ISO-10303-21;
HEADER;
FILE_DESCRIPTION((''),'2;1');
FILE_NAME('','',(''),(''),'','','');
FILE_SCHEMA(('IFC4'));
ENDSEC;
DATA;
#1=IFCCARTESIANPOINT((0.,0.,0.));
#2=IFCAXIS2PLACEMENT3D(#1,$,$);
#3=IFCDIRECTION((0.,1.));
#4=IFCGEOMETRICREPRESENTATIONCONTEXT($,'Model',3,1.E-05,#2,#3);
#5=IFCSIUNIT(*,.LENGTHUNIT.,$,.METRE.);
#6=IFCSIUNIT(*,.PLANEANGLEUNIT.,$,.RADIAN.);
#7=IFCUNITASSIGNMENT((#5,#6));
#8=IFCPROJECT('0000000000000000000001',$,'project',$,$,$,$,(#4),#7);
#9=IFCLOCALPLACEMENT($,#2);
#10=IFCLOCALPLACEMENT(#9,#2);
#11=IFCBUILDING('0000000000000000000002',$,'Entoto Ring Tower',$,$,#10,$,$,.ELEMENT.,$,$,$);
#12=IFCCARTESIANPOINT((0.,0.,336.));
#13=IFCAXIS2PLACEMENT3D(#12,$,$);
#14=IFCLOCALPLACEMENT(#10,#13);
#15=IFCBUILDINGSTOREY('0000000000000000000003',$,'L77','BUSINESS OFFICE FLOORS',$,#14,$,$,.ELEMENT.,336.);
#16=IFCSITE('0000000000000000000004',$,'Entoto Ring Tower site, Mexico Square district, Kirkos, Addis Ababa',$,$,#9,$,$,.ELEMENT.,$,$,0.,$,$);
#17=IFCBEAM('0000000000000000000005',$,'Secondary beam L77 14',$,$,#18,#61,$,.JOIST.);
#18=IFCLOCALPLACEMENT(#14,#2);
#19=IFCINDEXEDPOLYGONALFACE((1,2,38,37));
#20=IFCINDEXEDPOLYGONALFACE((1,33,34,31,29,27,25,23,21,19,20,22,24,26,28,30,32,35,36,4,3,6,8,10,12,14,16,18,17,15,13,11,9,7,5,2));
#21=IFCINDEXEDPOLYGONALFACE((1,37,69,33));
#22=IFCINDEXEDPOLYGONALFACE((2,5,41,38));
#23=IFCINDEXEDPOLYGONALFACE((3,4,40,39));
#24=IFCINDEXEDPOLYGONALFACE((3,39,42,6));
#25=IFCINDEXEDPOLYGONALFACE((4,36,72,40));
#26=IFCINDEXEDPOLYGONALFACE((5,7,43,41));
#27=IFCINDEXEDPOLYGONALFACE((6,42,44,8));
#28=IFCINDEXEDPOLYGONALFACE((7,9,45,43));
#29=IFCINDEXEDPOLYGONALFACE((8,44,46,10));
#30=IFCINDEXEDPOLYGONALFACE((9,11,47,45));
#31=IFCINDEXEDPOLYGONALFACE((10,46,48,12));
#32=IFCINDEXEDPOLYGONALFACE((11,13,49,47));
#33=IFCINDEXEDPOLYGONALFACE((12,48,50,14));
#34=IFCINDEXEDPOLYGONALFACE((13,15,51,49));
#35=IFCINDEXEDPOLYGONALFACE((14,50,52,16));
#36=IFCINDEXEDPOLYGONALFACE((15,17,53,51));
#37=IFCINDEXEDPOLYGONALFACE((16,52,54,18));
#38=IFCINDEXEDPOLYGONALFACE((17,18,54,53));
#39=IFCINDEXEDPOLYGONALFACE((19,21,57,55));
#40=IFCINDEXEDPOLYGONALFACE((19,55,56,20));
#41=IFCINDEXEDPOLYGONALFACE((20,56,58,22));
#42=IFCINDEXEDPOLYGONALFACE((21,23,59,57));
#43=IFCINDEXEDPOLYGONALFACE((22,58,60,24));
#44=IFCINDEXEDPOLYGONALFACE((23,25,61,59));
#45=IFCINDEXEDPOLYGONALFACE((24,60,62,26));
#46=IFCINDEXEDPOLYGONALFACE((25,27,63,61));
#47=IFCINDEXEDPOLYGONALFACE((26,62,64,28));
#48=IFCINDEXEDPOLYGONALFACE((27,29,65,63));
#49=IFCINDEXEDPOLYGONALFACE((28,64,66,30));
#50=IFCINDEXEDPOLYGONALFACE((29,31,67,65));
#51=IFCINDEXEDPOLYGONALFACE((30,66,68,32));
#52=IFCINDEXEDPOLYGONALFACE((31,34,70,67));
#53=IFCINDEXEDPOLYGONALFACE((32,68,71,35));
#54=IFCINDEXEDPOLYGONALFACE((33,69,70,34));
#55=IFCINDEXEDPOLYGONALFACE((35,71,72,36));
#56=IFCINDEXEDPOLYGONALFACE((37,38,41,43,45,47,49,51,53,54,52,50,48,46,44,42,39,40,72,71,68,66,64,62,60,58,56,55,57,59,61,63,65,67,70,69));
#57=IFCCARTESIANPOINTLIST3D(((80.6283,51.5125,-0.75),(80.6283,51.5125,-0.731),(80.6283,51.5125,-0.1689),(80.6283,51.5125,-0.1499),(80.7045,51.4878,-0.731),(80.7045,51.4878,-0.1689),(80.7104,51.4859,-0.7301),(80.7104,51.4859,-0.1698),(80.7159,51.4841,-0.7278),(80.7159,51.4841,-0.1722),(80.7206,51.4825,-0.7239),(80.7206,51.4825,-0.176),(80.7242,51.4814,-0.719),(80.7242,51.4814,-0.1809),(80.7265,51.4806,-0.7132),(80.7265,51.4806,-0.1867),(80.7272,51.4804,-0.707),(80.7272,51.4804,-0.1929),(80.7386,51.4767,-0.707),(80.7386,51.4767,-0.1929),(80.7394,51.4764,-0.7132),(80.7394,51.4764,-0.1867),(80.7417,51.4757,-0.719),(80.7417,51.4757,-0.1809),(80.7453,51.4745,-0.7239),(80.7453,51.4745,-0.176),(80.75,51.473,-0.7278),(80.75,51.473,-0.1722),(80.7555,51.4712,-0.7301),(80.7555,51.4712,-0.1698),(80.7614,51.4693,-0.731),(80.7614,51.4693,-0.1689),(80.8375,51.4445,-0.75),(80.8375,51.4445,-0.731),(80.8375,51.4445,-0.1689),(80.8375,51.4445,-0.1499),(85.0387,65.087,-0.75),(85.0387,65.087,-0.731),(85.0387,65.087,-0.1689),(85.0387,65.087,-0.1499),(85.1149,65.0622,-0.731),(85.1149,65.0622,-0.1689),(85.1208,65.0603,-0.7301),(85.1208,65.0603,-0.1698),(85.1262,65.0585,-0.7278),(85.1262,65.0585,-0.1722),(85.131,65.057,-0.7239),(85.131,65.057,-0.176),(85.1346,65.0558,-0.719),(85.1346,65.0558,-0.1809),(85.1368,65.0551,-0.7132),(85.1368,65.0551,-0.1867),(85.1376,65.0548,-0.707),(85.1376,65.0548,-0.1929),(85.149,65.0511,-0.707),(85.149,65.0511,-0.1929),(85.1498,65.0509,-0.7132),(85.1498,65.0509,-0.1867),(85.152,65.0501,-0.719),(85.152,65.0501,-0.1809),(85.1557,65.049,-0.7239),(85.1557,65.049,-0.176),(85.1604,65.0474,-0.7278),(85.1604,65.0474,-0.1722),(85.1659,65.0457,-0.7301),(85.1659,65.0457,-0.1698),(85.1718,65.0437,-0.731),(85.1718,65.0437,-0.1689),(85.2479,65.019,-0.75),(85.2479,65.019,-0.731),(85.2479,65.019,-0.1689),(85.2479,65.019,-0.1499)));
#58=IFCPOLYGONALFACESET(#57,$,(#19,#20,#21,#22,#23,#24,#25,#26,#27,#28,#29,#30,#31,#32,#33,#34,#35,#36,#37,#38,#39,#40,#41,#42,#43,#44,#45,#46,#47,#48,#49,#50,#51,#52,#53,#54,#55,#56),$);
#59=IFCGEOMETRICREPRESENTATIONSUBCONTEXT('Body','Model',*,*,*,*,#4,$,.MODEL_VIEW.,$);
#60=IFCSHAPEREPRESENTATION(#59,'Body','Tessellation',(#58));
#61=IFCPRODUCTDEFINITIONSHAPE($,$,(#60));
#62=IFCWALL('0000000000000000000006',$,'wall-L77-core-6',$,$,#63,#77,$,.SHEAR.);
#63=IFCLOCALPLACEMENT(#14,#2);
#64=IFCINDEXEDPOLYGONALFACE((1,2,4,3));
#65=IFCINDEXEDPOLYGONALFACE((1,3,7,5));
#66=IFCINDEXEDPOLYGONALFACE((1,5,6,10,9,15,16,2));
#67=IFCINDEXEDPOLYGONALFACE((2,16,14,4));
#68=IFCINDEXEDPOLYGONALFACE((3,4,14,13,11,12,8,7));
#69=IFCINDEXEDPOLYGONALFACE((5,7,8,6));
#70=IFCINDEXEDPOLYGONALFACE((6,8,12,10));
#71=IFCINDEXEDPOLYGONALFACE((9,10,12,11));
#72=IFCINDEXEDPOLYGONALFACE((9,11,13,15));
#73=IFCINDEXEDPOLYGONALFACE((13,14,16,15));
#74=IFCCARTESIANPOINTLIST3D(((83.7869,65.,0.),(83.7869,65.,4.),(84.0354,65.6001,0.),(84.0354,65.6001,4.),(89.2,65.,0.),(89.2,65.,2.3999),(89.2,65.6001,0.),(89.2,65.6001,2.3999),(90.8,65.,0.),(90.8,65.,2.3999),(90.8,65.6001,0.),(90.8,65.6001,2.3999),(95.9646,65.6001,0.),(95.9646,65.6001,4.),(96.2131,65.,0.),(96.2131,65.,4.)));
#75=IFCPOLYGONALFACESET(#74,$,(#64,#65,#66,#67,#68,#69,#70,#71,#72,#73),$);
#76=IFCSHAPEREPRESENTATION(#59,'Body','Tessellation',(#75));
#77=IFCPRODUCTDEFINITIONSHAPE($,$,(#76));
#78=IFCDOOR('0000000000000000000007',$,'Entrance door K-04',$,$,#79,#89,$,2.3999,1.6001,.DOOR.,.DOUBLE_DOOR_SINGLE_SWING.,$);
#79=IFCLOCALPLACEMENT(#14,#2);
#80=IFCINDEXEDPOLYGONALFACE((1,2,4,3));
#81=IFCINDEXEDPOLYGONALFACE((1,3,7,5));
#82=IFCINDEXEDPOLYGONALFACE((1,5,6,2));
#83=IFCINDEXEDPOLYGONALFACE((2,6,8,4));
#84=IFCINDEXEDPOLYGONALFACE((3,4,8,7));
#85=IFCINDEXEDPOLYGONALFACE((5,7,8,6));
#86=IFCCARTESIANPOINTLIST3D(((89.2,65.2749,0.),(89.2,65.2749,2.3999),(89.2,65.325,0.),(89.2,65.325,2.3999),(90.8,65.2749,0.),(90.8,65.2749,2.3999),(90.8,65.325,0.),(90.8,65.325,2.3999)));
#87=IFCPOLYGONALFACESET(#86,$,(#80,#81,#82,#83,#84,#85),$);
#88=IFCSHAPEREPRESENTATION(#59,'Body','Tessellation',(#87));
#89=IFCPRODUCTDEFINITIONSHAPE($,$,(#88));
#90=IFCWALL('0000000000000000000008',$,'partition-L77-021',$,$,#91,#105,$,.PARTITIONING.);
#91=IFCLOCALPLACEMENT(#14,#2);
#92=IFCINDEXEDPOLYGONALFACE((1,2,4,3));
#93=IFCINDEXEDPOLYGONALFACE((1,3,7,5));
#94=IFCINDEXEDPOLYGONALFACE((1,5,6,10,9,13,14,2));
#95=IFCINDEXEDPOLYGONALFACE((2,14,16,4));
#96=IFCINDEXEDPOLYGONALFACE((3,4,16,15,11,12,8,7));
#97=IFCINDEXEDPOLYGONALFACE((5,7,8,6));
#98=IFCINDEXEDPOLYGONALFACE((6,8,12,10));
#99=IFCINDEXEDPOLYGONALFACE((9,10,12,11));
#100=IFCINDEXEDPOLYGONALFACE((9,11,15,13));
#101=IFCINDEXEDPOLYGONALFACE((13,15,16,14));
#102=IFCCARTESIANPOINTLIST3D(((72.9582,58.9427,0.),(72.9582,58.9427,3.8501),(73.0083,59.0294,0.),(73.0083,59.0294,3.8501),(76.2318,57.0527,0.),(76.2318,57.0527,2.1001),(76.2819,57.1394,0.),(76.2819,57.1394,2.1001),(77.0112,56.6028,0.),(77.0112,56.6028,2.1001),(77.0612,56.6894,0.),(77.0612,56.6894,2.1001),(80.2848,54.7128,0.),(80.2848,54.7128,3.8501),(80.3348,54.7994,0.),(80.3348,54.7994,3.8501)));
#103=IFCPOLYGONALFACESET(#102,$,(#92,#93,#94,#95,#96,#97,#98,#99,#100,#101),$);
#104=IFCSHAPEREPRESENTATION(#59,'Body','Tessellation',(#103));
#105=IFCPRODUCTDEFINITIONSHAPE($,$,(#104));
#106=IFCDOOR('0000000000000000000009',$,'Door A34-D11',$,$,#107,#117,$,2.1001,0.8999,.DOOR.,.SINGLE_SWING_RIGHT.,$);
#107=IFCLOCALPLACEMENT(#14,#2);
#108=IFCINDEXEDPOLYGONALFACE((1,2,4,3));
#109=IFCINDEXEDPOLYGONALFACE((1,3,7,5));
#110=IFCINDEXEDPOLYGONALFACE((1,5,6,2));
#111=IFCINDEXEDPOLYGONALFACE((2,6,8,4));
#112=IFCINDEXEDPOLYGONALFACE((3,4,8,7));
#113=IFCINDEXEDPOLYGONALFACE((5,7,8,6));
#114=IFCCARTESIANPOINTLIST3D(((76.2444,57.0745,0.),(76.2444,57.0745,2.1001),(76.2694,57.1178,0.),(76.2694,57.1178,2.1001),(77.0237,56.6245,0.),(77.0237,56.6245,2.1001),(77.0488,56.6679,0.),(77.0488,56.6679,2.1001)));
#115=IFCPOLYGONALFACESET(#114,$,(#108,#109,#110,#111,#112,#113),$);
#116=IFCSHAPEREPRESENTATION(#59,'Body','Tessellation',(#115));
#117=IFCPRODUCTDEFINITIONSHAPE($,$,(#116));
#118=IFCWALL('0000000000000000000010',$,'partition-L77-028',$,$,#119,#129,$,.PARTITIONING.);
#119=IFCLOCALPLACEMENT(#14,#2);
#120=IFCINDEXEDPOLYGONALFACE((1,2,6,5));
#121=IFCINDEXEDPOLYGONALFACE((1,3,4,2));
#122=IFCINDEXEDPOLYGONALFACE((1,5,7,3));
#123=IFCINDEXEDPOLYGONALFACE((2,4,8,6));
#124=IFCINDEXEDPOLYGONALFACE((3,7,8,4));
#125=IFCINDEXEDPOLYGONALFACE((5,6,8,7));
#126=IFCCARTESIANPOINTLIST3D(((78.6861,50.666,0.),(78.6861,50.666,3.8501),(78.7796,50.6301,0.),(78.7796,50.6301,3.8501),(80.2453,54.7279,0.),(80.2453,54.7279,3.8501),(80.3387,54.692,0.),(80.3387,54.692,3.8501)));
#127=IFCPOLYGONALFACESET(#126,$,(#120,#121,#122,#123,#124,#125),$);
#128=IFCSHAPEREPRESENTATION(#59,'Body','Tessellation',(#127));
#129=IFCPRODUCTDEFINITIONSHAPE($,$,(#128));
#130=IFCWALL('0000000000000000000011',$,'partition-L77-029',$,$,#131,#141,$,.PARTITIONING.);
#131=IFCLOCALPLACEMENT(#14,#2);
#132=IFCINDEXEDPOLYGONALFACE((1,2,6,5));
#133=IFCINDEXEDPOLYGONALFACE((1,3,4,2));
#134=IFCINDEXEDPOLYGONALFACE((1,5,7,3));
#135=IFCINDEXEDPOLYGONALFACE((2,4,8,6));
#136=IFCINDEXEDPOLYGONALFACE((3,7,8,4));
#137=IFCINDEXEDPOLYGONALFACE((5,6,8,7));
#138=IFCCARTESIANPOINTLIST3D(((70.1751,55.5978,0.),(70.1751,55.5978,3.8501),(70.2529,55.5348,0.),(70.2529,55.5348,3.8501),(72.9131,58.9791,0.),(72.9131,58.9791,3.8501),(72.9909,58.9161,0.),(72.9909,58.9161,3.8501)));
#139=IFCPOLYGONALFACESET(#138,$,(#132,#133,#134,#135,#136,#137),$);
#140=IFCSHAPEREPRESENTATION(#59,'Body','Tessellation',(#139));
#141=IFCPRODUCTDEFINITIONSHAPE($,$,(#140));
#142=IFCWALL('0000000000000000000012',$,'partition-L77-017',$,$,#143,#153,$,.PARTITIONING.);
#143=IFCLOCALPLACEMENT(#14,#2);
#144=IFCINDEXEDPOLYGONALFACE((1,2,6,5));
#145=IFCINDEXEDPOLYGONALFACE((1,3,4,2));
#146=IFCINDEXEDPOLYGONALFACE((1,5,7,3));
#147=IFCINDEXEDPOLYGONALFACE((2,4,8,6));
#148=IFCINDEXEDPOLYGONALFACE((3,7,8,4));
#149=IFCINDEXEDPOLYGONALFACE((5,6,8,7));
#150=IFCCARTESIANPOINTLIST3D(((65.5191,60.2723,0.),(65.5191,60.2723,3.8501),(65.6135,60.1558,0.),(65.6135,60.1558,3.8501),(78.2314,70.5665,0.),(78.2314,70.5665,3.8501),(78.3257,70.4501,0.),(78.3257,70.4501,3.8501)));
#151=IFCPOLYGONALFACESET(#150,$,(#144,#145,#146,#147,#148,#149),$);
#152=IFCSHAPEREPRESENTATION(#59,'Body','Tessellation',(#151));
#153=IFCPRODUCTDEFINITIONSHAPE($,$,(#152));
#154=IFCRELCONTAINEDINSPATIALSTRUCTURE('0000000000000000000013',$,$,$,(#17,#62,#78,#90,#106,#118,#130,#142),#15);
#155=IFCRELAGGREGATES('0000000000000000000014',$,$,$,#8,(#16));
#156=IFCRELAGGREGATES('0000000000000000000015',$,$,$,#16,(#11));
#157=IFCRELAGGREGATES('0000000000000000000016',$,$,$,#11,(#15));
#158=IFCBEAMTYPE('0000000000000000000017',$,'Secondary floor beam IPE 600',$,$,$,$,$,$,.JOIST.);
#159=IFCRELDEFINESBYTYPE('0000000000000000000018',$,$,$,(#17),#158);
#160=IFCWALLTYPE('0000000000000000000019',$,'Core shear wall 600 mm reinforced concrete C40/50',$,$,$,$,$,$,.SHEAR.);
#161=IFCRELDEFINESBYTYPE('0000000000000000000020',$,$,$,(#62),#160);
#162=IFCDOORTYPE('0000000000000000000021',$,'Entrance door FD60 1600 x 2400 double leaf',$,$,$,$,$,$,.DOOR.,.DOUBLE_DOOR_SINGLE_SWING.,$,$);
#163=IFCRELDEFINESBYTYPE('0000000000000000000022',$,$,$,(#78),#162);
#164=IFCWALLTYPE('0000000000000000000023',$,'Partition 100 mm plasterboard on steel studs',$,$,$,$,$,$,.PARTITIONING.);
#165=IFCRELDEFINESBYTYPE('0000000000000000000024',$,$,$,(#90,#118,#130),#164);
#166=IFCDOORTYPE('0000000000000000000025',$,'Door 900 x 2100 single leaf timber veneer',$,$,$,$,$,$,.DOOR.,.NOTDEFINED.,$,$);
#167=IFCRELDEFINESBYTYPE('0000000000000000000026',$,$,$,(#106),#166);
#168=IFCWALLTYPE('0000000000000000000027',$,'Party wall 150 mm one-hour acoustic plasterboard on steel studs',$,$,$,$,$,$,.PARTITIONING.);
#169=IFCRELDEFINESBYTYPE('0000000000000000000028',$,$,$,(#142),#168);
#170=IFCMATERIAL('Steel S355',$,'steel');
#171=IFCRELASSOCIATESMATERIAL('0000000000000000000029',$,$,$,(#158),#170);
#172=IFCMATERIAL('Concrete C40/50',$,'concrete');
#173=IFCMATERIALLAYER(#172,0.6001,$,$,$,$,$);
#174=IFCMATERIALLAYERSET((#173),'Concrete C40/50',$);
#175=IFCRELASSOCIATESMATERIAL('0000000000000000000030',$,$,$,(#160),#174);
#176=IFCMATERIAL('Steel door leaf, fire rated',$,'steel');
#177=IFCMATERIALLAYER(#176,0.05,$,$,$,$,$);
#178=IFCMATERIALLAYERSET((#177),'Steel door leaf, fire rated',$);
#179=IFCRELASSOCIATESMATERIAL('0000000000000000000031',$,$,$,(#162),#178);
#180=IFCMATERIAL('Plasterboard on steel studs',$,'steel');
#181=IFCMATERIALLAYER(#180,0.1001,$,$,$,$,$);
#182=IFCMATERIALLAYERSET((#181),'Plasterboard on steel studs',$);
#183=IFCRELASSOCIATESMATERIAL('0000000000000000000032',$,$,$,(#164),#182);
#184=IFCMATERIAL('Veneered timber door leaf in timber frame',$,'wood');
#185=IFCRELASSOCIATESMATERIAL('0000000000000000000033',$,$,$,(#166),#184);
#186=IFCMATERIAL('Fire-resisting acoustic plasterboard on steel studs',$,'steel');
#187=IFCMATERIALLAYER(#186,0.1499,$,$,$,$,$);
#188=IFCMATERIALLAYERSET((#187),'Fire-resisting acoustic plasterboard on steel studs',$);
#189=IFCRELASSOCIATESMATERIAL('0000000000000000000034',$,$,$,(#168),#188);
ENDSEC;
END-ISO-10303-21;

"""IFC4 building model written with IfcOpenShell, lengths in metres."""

from ifc_helpers import new_model, si_unit, direction, frame, frame_2d, origin, origin_2d, place, context, subcontext, project, spatial, polyline, rectangle, i_section, outline, extrude, material, layer, layer_set, material_profile, profile_set, type_object, element, fill, save


model = new_model("IFC4")

# Units and contexts
model_context = context("Model", 3, precision=1e-05, world=origin(), true_north=direction((0.0, 1.0)))
body_context = subcontext(model_context, "Body", "Model", "MODEL_VIEW")
ifc_project = project(units=[si_unit("LENGTHUNIT", "METRE"), si_unit("PLANEANGLEUNIT", "RADIAN")], contexts=[model_context])

# Site, building, storey
site_placement = place(None, origin())
site = spatial("IfcSite", under=ifc_project, at=site_placement, Name="Entoto Ring Tower site, Mexico Square district, Kirkos, Addis Ababa", CompositionType="ELEMENT", RefElevation=0.0)
building_placement = place(site_placement, origin())
building = spatial("IfcBuilding", under=site, at=building_placement, Name="Entoto Ring Tower", CompositionType="ELEMENT")
storey_placement = place(building_placement, frame((0.0, 0.0, 336.0)))
storey = spatial("IfcBuildingStorey", under=building, at=storey_placement, Name="L77", Description="BUSINESS OFFICE FLOORS", CompositionType="ELEMENT", Elevation=336.0)

# Beam
ifc_material_1 = material(Name="Steel S355", Category="steel")
ifc_material_profile_1 = material_profile(ifc_material_1, i_section(OverallWidth=0.22, OverallDepth=0.6001, WebThickness=0.012, FlangeThickness=0.019, FilletRadius=0.0239, at=origin_2d()), Name="IPE 600")
ifc_profile_set_1 = profile_set([ifc_material_profile_1], Name="Steel S355")
beam_type_1 = type_object("IfcBeamType", Name="Secondary floor beam IPE 600", PredefinedType="JOIST", material=ifc_profile_set_1)
beam_1_placement = place(storey_placement, frame((85.1433, 65.053, -0.45), z_axis=(-0.309004, -0.951061, 0.0), x_axis=(0.951061, -0.309004, 0.0)))
element("IfcBeam", 1, at=beam_1_placement, inside=storey, type_object=beam_type_1, Name="Secondary beam L77 14", PredefinedType="JOIST", context=body_context, shape_type="SweptSolid", body=[
    extrude(i_section(OverallWidth=0.22, OverallDepth=0.6001, WebThickness=0.012, FlangeThickness=0.019, FilletRadius=0.0239, at=origin_2d()), origin(), (0.0, 0.0, 1.0), 14.2729),
])

# Walls, openings, doors
ifc_material_2 = material(Name="Concrete C40/50", Category="concrete")
ifc_layer_1 = layer(ifc_material_2, 0.6001)
ifc_layer_set_1 = layer_set([ifc_layer_1], Name="Concrete C40/50")
wall_type_1 = type_object("IfcWallType", Name="Core shear wall 600 mm reinforced concrete C40/50", PredefinedType="SHEAR", material=ifc_layer_set_1)
wall_1_placement = place(storey_placement, frame((83.9111, 65.3, 0.0), z_axis=(0.0, 0.0, 1.0), x_axis=(1.0, 0.0, 0.0)))
wall_1 = element("IfcWall", 2, at=wall_1_placement, inside=storey, type_object=wall_type_1, Name="wall-L77-core-6", PredefinedType="SHEAR", context=body_context, shape_type="SweptSolid", body=[
    extrude(outline(polyline([(-0.1243, -0.3), (12.302, -0.3), (12.0535, 0.3), (0.1243, 0.3), (-0.1243, -0.3)])), origin(), (0.0, 0.0, 1.0), 4.0),
])
opening_1_placement = place(wall_1_placement, frame((5.2888, 0.0, 0.0)))
opening_1 = element("IfcOpeningElement", 3, at=opening_1_placement, cuts=wall_1, PredefinedType="OPENING", context=body_context, shape_type="SweptSolid", body=[
    extrude(rectangle(XDim=1.6001, YDim=2.3999, at=frame_2d((0.8, 1.2))), frame((0.0, 0.3101, 0.0), z_axis=(0.0, -1.0, 0.0), x_axis=(1.0, 0.0, 0.0)), (0.0, 0.0, 1.0), 0.6201),
])
ifc_material_3 = material(Name="Steel door leaf, fire rated", Category="steel")
ifc_layer_2 = layer(ifc_material_3, 0.05)
ifc_layer_set_2 = layer_set([ifc_layer_2], Name="Steel door leaf, fire rated")
door_type_1 = type_object("IfcDoorType", Name="Entrance door FD60 1600 x 2400 double leaf", OperationType="DOUBLE_DOOR_SINGLE_SWING", PredefinedType="DOOR", material=ifc_layer_set_2)
door_1_placement = place(opening_1_placement, origin())
door_1 = element("IfcDoor", 4, at=door_1_placement, inside=storey, type_object=door_type_1, Name="Entrance door K-04", OperationType="DOUBLE_DOOR_SINGLE_SWING", OverallHeight=2.3999, OverallWidth=1.6001, PredefinedType="DOOR", context=body_context, shape_type="SweptSolid", body=[
    extrude(rectangle(XDim=1.6001, YDim=2.3999, at=frame_2d((0.8, 1.2))), frame((0.0, 0.0249, 0.0), z_axis=(0.0, -1.0, 0.0), x_axis=(1.0, 0.0, 0.0)), (0.0, 0.0, 1.0), 0.05),
])
fill(opening_1, door_1)
ifc_material_4 = material(Name="Plasterboard on steel studs", Category="steel")
ifc_layer_3 = layer(ifc_material_4, 0.1001)
ifc_layer_set_3 = layer_set([ifc_layer_3], Name="Plasterboard on steel studs")
wall_type_2 = type_object("IfcWallType", Name="Partition 100 mm plasterboard on steel studs", PredefinedType="PARTITIONING", material=ifc_layer_set_3)
wall_2_placement = place(storey_placement, frame((80.3098, 54.7561, 0.0), z_axis=(0.0, 0.0, 1.0), x_axis=(-0.866029, 0.499994, 0.0)))
wall_2 = element("IfcWall", 5, at=wall_2_placement, inside=storey, type_object=wall_type_2, Name="partition-L77-021", PredefinedType="PARTITIONING", context=body_context, shape_type="SweptSolid", body=[
    extrude(rectangle(XDim=8.46, YDim=0.1001, at=frame_2d((4.23, 0.0))), origin(), (0.0, 0.0, 1.0), 3.8501),
])
opening_2_placement = place(wall_2_placement, frame((3.78, 0.0, 0.0)))
opening_2 = element("IfcOpeningElement", 6, at=opening_2_placement, cuts=wall_2, PredefinedType="OPENING", context=body_context, shape_type="SweptSolid", body=[
    extrude(rectangle(XDim=0.8999, YDim=2.1001, at=frame_2d((0.45, 1.05))), frame((0.0, 0.0601, 0.0), z_axis=(0.0, -1.0, 0.0), x_axis=(1.0, 0.0, 0.0)), (0.0, 0.0, 1.0), 0.1201),
])
ifc_material_5 = material(Name="Veneered timber door leaf in timber frame", Category="wood")
door_type_2 = type_object("IfcDoorType", Name="Door 900 x 2100 single leaf timber veneer", OperationType="NOTDEFINED", PredefinedType="DOOR", material=ifc_material_5)
door_2_placement = place(opening_2_placement, origin())
door_2 = element("IfcDoor", 7, at=door_2_placement, inside=storey, type_object=door_type_2, Name="Door A34-D11", OperationType="SINGLE_SWING_RIGHT", OverallHeight=2.1001, OverallWidth=0.8999, PredefinedType="DOOR", context=body_context, shape_type="SweptSolid", body=[
    extrude(rectangle(XDim=0.8999, YDim=2.1001, at=frame_2d((0.45, 1.05))), frame((0.0, 0.0249, 0.0), z_axis=(0.0, -1.0, 0.0), x_axis=(1.0, 0.0, 0.0)), (0.0, 0.0, 1.0), 0.05),
])
fill(opening_2, door_2)

# Walls
for number, where, z_axis, x_axis, name in (
    (8, (78.7329, 50.6482, 0.0), (0.0, 0.0, 1.0), (0.358351, 0.933587, 0.0), "partition-L77-028"),
    (9, (70.2141, 55.5664, 0.0), (0.0, 0.0, 1.0), (0.629303, 0.77716, 0.0), "partition-L77-029"),
):
    element("IfcWall", number, at=place(storey_placement, frame(where, z_axis=z_axis, x_axis=x_axis)), inside=storey, type_object=wall_type_2, Name=name, PredefinedType="PARTITIONING", context=body_context, shape_type="SweptSolid", body=[
        extrude(rectangle(XDim=4.3508, YDim=0.1001, at=frame_2d((2.1753, 0.0))), origin(), (0.0, 0.0, 1.0), 3.8501),
    ])
ifc_material_6 = material(Name="Fire-resisting acoustic plasterboard on steel studs", Category="steel")
ifc_layer_4 = layer(ifc_material_6, 0.1499)
ifc_layer_set_4 = layer_set([ifc_layer_4], Name="Fire-resisting acoustic plasterboard on steel studs")
wall_type_3 = type_object("IfcWallType", Name="Party wall 150 mm one-hour acoustic plasterboard on steel studs", PredefinedType="PARTITIONING", material=ifc_layer_set_4)
wall_3_placement = place(storey_placement, frame((65.5664, 60.2141, 0.0), z_axis=(0.0, 0.0, 1.0), x_axis=(0.777143, 0.629324, 0.0)))
element("IfcWall", 10, at=wall_3_placement, inside=storey, type_object=wall_type_3, Name="partition-L77-017", PredefinedType="PARTITIONING", context=body_context, shape_type="SweptSolid", body=[
    extrude(rectangle(XDim=16.3577, YDim=0.1499, at=frame_2d((8.1787, 0.0))), origin(), (0.0, 0.0, 1.0), 3.8501),
])

save(model, "model.ifc")
